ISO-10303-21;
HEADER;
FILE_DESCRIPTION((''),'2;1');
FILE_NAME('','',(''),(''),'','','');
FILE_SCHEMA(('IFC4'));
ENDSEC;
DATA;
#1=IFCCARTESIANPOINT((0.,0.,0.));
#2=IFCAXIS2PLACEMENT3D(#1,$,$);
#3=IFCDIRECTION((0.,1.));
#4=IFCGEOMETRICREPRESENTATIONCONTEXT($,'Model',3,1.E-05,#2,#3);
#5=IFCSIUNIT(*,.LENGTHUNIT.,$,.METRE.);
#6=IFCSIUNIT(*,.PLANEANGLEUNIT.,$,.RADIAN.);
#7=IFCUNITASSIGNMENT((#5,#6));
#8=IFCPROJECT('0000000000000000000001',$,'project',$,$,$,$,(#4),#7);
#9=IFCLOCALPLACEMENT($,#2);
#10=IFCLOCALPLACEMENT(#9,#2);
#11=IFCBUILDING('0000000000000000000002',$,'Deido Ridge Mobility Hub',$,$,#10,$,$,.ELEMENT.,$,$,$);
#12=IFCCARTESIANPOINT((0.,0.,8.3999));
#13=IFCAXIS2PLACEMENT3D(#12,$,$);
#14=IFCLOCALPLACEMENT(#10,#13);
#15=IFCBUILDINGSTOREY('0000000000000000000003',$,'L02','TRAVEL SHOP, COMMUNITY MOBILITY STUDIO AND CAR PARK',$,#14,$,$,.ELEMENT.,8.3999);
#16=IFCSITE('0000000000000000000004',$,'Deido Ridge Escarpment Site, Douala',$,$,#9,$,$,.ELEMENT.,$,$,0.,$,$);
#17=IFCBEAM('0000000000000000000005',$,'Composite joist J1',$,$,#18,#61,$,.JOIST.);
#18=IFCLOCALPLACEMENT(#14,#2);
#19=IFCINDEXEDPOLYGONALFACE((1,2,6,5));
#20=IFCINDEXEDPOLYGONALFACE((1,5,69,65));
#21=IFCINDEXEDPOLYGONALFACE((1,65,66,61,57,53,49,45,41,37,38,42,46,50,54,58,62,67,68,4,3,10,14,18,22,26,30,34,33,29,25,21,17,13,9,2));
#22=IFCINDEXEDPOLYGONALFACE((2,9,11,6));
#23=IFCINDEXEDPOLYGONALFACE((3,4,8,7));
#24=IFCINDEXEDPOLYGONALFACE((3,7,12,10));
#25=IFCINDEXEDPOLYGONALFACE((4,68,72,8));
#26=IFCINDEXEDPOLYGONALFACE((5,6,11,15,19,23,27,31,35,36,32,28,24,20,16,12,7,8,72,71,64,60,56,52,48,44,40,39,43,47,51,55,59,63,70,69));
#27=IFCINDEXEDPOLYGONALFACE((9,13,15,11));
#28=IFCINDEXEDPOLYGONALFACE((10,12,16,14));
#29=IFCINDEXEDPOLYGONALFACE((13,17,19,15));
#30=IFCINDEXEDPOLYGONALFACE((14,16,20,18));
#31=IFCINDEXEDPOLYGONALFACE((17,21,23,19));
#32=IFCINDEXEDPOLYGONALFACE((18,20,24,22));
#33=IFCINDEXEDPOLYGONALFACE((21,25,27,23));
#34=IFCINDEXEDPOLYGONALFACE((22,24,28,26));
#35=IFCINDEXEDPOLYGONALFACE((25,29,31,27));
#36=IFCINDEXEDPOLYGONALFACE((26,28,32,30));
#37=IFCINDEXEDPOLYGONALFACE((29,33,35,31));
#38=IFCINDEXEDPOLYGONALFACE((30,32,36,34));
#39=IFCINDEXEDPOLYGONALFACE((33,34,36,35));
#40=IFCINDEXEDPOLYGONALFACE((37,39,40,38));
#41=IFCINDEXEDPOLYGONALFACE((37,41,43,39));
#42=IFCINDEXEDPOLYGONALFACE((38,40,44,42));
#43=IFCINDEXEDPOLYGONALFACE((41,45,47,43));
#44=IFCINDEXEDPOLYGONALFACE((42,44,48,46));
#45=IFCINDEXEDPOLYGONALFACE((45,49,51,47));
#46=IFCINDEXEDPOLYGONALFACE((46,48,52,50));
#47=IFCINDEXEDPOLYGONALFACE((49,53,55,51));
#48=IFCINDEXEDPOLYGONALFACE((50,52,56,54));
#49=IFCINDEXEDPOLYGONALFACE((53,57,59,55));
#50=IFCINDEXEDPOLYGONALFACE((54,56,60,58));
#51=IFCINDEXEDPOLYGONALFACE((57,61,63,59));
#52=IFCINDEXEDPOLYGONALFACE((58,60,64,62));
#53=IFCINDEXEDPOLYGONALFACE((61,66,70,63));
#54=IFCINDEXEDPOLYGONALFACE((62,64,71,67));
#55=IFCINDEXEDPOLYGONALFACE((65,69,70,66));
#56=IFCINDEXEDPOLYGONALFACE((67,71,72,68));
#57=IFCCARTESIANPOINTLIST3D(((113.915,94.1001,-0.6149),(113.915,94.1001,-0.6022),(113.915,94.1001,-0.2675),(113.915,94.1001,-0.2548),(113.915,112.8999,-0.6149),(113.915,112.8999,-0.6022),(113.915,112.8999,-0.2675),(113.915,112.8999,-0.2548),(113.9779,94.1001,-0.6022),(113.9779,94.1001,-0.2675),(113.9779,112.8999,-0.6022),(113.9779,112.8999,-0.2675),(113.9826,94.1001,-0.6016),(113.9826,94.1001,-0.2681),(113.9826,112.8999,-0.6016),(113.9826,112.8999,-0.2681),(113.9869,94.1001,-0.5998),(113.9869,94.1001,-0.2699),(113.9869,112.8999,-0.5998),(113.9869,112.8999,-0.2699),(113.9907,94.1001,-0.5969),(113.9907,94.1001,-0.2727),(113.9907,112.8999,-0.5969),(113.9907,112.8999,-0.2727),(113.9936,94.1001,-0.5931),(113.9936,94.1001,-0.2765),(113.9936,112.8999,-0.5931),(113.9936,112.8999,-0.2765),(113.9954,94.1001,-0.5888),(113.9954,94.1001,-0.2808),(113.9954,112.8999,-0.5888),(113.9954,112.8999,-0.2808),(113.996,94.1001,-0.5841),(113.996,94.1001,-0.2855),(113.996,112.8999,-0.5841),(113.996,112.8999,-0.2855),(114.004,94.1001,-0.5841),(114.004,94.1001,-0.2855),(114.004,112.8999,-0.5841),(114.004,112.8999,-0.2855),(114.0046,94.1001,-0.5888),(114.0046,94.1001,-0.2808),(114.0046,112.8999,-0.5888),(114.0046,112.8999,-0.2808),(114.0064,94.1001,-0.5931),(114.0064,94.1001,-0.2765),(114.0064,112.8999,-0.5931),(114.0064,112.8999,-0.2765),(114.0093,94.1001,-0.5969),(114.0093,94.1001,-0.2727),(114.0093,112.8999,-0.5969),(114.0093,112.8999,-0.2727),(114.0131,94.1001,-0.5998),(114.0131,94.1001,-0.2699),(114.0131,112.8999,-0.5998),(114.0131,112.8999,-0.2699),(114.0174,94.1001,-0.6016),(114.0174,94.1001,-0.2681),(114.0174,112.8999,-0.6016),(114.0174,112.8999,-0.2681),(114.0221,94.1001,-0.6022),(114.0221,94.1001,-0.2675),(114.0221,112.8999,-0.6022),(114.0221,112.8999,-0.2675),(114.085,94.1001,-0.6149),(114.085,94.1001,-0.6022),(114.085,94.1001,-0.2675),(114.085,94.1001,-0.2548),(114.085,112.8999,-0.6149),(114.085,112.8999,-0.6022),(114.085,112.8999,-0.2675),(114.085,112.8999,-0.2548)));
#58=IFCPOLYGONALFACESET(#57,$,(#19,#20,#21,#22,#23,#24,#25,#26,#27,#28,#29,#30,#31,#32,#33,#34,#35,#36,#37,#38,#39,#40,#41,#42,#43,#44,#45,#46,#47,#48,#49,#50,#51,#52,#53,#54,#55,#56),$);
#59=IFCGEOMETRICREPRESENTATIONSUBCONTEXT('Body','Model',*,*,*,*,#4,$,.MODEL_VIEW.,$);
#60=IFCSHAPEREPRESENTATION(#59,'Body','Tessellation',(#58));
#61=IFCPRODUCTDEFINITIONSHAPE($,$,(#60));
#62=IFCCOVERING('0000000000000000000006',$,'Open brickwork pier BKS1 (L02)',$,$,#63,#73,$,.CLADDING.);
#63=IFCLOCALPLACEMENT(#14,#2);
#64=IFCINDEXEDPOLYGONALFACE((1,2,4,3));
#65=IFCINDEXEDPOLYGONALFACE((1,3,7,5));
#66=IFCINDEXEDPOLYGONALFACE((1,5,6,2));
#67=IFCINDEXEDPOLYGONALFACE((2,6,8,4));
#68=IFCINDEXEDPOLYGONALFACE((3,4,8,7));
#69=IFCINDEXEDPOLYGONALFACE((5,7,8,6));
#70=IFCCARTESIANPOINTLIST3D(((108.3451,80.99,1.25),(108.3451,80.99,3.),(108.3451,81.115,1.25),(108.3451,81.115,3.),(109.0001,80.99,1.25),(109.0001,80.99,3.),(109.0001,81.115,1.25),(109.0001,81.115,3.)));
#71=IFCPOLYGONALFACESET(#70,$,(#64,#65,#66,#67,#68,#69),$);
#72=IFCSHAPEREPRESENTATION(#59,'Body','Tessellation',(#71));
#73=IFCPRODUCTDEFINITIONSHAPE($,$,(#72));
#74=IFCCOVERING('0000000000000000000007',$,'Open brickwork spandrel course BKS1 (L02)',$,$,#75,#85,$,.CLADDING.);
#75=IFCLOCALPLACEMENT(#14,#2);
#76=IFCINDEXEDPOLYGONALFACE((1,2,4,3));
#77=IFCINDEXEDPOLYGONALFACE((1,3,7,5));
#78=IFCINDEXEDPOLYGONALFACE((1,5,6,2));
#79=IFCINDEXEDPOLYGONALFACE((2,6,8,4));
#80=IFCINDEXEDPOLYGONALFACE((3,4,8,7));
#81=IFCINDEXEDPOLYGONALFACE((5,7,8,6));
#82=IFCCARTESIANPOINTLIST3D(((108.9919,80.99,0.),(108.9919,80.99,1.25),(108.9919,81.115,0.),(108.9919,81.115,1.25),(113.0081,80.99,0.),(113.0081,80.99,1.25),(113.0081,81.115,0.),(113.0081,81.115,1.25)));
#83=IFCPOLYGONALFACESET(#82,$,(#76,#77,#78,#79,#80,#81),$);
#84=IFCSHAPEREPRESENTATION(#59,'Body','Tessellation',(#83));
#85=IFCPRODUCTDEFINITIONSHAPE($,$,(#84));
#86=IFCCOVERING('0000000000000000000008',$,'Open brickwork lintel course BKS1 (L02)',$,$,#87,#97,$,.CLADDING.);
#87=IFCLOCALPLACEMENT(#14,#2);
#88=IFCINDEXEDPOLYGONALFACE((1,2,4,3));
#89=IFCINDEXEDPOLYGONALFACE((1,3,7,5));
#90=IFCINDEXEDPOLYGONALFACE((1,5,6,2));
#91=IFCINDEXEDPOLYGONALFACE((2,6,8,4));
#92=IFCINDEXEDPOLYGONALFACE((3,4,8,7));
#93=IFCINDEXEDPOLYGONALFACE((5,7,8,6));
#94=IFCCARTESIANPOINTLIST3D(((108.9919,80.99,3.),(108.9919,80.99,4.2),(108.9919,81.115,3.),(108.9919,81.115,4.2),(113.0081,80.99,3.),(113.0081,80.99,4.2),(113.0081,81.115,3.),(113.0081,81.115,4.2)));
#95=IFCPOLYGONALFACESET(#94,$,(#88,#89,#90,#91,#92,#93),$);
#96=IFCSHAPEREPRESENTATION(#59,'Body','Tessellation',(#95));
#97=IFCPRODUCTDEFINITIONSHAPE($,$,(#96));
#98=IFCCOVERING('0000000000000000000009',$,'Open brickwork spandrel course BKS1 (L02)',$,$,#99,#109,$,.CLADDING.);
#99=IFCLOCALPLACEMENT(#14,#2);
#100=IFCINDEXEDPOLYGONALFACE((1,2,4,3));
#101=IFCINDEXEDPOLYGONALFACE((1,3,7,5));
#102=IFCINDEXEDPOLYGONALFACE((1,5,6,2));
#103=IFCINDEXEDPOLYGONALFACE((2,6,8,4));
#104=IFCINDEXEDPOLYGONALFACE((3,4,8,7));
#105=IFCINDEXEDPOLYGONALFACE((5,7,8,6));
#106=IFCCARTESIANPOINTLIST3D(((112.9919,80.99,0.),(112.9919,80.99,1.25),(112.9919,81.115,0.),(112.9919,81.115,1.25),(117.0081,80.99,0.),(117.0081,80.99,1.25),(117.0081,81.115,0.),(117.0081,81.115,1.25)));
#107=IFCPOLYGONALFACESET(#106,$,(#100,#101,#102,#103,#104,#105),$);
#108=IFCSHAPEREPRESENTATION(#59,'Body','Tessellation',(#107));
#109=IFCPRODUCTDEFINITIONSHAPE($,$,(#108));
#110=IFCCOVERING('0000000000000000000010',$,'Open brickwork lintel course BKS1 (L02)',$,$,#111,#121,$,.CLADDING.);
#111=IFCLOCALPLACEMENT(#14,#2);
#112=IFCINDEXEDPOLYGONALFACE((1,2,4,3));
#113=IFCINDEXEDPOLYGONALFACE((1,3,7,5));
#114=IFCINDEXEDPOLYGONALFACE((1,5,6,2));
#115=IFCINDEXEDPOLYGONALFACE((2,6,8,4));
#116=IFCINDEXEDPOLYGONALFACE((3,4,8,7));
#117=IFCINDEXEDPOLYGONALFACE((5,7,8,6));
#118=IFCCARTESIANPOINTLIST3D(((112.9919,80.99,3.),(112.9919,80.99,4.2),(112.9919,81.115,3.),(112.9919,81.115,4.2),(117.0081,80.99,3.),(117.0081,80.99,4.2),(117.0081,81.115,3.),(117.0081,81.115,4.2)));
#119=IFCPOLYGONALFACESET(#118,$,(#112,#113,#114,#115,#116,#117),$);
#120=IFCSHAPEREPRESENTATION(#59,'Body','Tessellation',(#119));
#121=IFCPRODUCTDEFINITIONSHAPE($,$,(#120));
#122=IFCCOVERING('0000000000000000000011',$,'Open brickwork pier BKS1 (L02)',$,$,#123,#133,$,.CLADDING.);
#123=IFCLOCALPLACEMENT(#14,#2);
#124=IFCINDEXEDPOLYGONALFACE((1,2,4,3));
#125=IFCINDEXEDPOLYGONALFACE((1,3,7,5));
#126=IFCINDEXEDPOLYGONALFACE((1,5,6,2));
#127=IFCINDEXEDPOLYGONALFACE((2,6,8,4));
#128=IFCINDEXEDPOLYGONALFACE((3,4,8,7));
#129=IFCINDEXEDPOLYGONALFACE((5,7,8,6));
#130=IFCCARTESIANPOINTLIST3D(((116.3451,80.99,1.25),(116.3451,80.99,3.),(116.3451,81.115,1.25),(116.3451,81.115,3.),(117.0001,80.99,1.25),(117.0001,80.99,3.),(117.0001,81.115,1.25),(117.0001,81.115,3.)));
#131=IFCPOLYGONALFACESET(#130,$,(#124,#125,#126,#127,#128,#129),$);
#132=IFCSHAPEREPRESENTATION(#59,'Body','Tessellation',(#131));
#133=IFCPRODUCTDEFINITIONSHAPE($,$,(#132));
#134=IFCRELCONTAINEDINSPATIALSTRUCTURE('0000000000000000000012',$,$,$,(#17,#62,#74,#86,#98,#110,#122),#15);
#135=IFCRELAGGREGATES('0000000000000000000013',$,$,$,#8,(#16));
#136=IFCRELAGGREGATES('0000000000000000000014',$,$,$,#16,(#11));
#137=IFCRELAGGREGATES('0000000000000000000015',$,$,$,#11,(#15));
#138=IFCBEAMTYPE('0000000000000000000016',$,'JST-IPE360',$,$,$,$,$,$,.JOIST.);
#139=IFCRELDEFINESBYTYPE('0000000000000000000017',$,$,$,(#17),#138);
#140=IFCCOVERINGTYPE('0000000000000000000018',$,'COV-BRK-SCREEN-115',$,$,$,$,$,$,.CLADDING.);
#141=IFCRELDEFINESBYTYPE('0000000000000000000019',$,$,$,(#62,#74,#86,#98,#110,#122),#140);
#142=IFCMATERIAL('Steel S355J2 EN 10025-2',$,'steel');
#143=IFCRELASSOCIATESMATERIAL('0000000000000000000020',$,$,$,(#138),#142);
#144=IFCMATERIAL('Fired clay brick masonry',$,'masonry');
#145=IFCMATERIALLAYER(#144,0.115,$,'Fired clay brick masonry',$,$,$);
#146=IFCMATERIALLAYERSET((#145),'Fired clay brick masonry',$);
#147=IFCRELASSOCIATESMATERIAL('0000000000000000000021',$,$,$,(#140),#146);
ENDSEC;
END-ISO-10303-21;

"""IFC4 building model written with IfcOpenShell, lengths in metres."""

from ifc_helpers import new_model, si_unit, direction, frame, origin, origin_2d, place, context, subcontext, project, spatial, rectangle, i_section, extrude, material, layer, layer_set, material_profile, profile_set, type_object, element, save


model = new_model("IFC4")

# Units and contexts
model_context = context("Model", 3, precision=1e-05, world=origin(), true_north=direction((0.0, 1.0)))
body_context = subcontext(model_context, "Body", "Model", "MODEL_VIEW")
ifc_project = project(units=[si_unit("LENGTHUNIT", "METRE"), si_unit("PLANEANGLEUNIT", "RADIAN")], contexts=[model_context])

# Site, building, storey
site_placement = place(None, origin())
site = spatial("IfcSite", under=ifc_project, at=site_placement, Name="Deido Ridge Escarpment Site, Douala", CompositionType="ELEMENT", RefElevation=0.0)
building_placement = place(site_placement, origin())
building = spatial("IfcBuilding", under=site, at=building_placement, Name="Deido Ridge Mobility Hub", CompositionType="ELEMENT")
storey_placement = place(building_placement, frame((0.0, 0.0, 8.3999)))
storey = spatial("IfcBuildingStorey", under=building, at=storey_placement, Name="L02", Description="TRAVEL SHOP, COMMUNITY MOBILITY STUDIO AND CAR PARK", CompositionType="ELEMENT", Elevation=8.3999)

# Shared definitions
ifc_material_1 = material(Name="Steel S355J2 EN 10025-2", Category="steel")

# Beam
ifc_material_profile_1 = material_profile(ifc_material_1, i_section(OverallWidth=0.1699, OverallDepth=0.3601, WebThickness=0.0081, FlangeThickness=0.0127, FilletRadius=0.0181, at=origin_2d()), Name="IPE 360")
ifc_profile_set_1 = profile_set([ifc_material_profile_1], Name="Steel S355J2 EN 10025-2")
beam_type_1 = type_object("IfcBeamType", Name="JST-IPE360", PredefinedType="JOIST", material=ifc_profile_set_1)
for number, where, z_axis, x_axis, name in (
    (1, (114.0, 94.1001, -0.4348), (0.0, 1.0, 0.0), (-1.0, 0.0, 0.0), "Composite joist J1"),
):
    element("IfcBeam", number, at=place(storey_placement, frame(where, z_axis=z_axis, x_axis=x_axis)), inside=storey, type_object=beam_type_1, Name=name, PredefinedType="JOIST", context=body_context, shape_type="SweptSolid", body=[
        extrude(i_section(OverallWidth=0.1699, OverallDepth=0.3601, WebThickness=0.0081, FlangeThickness=0.0127, FilletRadius=0.0181, at=origin_2d()), origin(), (0.0, 0.0, 1.0), 18.7998),
    ])

# Coverings
ifc_material_2 = material(Name="Fired clay brick masonry", Category="masonry")
ifc_layer = layer(ifc_material_2, 0.115, Name="Fired clay brick masonry")
ifc_layer_set = layer_set([ifc_layer], Name="Fired clay brick masonry")
covering_type = type_object("IfcCoveringType", Name="COV-BRK-SCREEN-115", PredefinedType="CLADDING", material=ifc_layer_set)
covering_1_placement = place(storey_placement, frame((108.6726, 81.0525, 1.25), z_axis=(0.0, 0.0, 1.0), x_axis=(1.0, 0.0, 0.0)))
element("IfcCovering", 2, at=covering_1_placement, inside=storey, type_object=covering_type, Name="Open brickwork pier BKS1 (L02)", PredefinedType="CLADDING", context=body_context, shape_type="SweptSolid", body=[
    extrude(rectangle(XDim=0.655, YDim=0.125, at=origin_2d()), origin(), (0.0, 0.0, 1.0), 1.75),
])
covering_2_placement = place(storey_placement, frame((111.0, 81.0525, 0.0), z_axis=(0.0, 0.0, 1.0), x_axis=(1.0, 0.0, 0.0)))
element("IfcCovering", 3, at=covering_2_placement, inside=storey, type_object=covering_type, Name="Open brickwork spandrel course BKS1 (L02)", PredefinedType="CLADDING", context=body_context, shape_type="SweptSolid", body=[
    extrude(rectangle(XDim=4.0161, YDim=0.125, at=origin_2d()), origin(), (0.0, 0.0, 1.0), 1.25),
])
covering_3_placement = place(storey_placement, frame((111.0, 81.0525, 3.0), z_axis=(0.0, 0.0, 1.0), x_axis=(1.0, 0.0, 0.0)))
element("IfcCovering", 4, at=covering_3_placement, inside=storey, type_object=covering_type, Name="Open brickwork lintel course BKS1 (L02)", PredefinedType="CLADDING", context=body_context, shape_type="SweptSolid", body=[
    extrude(rectangle(XDim=4.0161, YDim=0.125, at=origin_2d()), origin(), (0.0, 0.0, 1.0), 1.2),
])
covering_4_placement = place(storey_placement, frame((115.0, 81.0525, 0.0), z_axis=(0.0, 0.0, 1.0), x_axis=(1.0, 0.0, 0.0)))
element("IfcCovering", 5, at=covering_4_placement, inside=storey, type_object=covering_type, Name="Open brickwork spandrel course BKS1 (L02)", PredefinedType="CLADDING", context=body_context, shape_type="SweptSolid", body=[
    extrude(rectangle(XDim=4.0161, YDim=0.125, at=origin_2d()), origin(), (0.0, 0.0, 1.0), 1.25),
])
covering_5_placement = place(storey_placement, frame((115.0, 81.0525, 3.0), z_axis=(0.0, 0.0, 1.0), x_axis=(1.0, 0.0, 0.0)))
element("IfcCovering", 6, at=covering_5_placement, inside=storey, type_object=covering_type, Name="Open brickwork lintel course BKS1 (L02)", PredefinedType="CLADDING", context=body_context, shape_type="SweptSolid", body=[
    extrude(rectangle(XDim=4.0161, YDim=0.125, at=origin_2d()), origin(), (0.0, 0.0, 1.0), 1.2),
])
covering_6_placement = place(storey_placement, frame((116.6726, 81.0525, 1.25), z_axis=(0.0, 0.0, 1.0), x_axis=(1.0, 0.0, 0.0)))
element("IfcCovering", 7, at=covering_6_placement, inside=storey, type_object=covering_type, Name="Open brickwork pier BKS1 (L02)", PredefinedType="CLADDING", context=body_context, shape_type="SweptSolid", body=[
    extrude(rectangle(XDim=0.655, YDim=0.125, at=origin_2d()), origin(), (0.0, 0.0, 1.0), 1.75),
])

save(model, "model.ifc")
